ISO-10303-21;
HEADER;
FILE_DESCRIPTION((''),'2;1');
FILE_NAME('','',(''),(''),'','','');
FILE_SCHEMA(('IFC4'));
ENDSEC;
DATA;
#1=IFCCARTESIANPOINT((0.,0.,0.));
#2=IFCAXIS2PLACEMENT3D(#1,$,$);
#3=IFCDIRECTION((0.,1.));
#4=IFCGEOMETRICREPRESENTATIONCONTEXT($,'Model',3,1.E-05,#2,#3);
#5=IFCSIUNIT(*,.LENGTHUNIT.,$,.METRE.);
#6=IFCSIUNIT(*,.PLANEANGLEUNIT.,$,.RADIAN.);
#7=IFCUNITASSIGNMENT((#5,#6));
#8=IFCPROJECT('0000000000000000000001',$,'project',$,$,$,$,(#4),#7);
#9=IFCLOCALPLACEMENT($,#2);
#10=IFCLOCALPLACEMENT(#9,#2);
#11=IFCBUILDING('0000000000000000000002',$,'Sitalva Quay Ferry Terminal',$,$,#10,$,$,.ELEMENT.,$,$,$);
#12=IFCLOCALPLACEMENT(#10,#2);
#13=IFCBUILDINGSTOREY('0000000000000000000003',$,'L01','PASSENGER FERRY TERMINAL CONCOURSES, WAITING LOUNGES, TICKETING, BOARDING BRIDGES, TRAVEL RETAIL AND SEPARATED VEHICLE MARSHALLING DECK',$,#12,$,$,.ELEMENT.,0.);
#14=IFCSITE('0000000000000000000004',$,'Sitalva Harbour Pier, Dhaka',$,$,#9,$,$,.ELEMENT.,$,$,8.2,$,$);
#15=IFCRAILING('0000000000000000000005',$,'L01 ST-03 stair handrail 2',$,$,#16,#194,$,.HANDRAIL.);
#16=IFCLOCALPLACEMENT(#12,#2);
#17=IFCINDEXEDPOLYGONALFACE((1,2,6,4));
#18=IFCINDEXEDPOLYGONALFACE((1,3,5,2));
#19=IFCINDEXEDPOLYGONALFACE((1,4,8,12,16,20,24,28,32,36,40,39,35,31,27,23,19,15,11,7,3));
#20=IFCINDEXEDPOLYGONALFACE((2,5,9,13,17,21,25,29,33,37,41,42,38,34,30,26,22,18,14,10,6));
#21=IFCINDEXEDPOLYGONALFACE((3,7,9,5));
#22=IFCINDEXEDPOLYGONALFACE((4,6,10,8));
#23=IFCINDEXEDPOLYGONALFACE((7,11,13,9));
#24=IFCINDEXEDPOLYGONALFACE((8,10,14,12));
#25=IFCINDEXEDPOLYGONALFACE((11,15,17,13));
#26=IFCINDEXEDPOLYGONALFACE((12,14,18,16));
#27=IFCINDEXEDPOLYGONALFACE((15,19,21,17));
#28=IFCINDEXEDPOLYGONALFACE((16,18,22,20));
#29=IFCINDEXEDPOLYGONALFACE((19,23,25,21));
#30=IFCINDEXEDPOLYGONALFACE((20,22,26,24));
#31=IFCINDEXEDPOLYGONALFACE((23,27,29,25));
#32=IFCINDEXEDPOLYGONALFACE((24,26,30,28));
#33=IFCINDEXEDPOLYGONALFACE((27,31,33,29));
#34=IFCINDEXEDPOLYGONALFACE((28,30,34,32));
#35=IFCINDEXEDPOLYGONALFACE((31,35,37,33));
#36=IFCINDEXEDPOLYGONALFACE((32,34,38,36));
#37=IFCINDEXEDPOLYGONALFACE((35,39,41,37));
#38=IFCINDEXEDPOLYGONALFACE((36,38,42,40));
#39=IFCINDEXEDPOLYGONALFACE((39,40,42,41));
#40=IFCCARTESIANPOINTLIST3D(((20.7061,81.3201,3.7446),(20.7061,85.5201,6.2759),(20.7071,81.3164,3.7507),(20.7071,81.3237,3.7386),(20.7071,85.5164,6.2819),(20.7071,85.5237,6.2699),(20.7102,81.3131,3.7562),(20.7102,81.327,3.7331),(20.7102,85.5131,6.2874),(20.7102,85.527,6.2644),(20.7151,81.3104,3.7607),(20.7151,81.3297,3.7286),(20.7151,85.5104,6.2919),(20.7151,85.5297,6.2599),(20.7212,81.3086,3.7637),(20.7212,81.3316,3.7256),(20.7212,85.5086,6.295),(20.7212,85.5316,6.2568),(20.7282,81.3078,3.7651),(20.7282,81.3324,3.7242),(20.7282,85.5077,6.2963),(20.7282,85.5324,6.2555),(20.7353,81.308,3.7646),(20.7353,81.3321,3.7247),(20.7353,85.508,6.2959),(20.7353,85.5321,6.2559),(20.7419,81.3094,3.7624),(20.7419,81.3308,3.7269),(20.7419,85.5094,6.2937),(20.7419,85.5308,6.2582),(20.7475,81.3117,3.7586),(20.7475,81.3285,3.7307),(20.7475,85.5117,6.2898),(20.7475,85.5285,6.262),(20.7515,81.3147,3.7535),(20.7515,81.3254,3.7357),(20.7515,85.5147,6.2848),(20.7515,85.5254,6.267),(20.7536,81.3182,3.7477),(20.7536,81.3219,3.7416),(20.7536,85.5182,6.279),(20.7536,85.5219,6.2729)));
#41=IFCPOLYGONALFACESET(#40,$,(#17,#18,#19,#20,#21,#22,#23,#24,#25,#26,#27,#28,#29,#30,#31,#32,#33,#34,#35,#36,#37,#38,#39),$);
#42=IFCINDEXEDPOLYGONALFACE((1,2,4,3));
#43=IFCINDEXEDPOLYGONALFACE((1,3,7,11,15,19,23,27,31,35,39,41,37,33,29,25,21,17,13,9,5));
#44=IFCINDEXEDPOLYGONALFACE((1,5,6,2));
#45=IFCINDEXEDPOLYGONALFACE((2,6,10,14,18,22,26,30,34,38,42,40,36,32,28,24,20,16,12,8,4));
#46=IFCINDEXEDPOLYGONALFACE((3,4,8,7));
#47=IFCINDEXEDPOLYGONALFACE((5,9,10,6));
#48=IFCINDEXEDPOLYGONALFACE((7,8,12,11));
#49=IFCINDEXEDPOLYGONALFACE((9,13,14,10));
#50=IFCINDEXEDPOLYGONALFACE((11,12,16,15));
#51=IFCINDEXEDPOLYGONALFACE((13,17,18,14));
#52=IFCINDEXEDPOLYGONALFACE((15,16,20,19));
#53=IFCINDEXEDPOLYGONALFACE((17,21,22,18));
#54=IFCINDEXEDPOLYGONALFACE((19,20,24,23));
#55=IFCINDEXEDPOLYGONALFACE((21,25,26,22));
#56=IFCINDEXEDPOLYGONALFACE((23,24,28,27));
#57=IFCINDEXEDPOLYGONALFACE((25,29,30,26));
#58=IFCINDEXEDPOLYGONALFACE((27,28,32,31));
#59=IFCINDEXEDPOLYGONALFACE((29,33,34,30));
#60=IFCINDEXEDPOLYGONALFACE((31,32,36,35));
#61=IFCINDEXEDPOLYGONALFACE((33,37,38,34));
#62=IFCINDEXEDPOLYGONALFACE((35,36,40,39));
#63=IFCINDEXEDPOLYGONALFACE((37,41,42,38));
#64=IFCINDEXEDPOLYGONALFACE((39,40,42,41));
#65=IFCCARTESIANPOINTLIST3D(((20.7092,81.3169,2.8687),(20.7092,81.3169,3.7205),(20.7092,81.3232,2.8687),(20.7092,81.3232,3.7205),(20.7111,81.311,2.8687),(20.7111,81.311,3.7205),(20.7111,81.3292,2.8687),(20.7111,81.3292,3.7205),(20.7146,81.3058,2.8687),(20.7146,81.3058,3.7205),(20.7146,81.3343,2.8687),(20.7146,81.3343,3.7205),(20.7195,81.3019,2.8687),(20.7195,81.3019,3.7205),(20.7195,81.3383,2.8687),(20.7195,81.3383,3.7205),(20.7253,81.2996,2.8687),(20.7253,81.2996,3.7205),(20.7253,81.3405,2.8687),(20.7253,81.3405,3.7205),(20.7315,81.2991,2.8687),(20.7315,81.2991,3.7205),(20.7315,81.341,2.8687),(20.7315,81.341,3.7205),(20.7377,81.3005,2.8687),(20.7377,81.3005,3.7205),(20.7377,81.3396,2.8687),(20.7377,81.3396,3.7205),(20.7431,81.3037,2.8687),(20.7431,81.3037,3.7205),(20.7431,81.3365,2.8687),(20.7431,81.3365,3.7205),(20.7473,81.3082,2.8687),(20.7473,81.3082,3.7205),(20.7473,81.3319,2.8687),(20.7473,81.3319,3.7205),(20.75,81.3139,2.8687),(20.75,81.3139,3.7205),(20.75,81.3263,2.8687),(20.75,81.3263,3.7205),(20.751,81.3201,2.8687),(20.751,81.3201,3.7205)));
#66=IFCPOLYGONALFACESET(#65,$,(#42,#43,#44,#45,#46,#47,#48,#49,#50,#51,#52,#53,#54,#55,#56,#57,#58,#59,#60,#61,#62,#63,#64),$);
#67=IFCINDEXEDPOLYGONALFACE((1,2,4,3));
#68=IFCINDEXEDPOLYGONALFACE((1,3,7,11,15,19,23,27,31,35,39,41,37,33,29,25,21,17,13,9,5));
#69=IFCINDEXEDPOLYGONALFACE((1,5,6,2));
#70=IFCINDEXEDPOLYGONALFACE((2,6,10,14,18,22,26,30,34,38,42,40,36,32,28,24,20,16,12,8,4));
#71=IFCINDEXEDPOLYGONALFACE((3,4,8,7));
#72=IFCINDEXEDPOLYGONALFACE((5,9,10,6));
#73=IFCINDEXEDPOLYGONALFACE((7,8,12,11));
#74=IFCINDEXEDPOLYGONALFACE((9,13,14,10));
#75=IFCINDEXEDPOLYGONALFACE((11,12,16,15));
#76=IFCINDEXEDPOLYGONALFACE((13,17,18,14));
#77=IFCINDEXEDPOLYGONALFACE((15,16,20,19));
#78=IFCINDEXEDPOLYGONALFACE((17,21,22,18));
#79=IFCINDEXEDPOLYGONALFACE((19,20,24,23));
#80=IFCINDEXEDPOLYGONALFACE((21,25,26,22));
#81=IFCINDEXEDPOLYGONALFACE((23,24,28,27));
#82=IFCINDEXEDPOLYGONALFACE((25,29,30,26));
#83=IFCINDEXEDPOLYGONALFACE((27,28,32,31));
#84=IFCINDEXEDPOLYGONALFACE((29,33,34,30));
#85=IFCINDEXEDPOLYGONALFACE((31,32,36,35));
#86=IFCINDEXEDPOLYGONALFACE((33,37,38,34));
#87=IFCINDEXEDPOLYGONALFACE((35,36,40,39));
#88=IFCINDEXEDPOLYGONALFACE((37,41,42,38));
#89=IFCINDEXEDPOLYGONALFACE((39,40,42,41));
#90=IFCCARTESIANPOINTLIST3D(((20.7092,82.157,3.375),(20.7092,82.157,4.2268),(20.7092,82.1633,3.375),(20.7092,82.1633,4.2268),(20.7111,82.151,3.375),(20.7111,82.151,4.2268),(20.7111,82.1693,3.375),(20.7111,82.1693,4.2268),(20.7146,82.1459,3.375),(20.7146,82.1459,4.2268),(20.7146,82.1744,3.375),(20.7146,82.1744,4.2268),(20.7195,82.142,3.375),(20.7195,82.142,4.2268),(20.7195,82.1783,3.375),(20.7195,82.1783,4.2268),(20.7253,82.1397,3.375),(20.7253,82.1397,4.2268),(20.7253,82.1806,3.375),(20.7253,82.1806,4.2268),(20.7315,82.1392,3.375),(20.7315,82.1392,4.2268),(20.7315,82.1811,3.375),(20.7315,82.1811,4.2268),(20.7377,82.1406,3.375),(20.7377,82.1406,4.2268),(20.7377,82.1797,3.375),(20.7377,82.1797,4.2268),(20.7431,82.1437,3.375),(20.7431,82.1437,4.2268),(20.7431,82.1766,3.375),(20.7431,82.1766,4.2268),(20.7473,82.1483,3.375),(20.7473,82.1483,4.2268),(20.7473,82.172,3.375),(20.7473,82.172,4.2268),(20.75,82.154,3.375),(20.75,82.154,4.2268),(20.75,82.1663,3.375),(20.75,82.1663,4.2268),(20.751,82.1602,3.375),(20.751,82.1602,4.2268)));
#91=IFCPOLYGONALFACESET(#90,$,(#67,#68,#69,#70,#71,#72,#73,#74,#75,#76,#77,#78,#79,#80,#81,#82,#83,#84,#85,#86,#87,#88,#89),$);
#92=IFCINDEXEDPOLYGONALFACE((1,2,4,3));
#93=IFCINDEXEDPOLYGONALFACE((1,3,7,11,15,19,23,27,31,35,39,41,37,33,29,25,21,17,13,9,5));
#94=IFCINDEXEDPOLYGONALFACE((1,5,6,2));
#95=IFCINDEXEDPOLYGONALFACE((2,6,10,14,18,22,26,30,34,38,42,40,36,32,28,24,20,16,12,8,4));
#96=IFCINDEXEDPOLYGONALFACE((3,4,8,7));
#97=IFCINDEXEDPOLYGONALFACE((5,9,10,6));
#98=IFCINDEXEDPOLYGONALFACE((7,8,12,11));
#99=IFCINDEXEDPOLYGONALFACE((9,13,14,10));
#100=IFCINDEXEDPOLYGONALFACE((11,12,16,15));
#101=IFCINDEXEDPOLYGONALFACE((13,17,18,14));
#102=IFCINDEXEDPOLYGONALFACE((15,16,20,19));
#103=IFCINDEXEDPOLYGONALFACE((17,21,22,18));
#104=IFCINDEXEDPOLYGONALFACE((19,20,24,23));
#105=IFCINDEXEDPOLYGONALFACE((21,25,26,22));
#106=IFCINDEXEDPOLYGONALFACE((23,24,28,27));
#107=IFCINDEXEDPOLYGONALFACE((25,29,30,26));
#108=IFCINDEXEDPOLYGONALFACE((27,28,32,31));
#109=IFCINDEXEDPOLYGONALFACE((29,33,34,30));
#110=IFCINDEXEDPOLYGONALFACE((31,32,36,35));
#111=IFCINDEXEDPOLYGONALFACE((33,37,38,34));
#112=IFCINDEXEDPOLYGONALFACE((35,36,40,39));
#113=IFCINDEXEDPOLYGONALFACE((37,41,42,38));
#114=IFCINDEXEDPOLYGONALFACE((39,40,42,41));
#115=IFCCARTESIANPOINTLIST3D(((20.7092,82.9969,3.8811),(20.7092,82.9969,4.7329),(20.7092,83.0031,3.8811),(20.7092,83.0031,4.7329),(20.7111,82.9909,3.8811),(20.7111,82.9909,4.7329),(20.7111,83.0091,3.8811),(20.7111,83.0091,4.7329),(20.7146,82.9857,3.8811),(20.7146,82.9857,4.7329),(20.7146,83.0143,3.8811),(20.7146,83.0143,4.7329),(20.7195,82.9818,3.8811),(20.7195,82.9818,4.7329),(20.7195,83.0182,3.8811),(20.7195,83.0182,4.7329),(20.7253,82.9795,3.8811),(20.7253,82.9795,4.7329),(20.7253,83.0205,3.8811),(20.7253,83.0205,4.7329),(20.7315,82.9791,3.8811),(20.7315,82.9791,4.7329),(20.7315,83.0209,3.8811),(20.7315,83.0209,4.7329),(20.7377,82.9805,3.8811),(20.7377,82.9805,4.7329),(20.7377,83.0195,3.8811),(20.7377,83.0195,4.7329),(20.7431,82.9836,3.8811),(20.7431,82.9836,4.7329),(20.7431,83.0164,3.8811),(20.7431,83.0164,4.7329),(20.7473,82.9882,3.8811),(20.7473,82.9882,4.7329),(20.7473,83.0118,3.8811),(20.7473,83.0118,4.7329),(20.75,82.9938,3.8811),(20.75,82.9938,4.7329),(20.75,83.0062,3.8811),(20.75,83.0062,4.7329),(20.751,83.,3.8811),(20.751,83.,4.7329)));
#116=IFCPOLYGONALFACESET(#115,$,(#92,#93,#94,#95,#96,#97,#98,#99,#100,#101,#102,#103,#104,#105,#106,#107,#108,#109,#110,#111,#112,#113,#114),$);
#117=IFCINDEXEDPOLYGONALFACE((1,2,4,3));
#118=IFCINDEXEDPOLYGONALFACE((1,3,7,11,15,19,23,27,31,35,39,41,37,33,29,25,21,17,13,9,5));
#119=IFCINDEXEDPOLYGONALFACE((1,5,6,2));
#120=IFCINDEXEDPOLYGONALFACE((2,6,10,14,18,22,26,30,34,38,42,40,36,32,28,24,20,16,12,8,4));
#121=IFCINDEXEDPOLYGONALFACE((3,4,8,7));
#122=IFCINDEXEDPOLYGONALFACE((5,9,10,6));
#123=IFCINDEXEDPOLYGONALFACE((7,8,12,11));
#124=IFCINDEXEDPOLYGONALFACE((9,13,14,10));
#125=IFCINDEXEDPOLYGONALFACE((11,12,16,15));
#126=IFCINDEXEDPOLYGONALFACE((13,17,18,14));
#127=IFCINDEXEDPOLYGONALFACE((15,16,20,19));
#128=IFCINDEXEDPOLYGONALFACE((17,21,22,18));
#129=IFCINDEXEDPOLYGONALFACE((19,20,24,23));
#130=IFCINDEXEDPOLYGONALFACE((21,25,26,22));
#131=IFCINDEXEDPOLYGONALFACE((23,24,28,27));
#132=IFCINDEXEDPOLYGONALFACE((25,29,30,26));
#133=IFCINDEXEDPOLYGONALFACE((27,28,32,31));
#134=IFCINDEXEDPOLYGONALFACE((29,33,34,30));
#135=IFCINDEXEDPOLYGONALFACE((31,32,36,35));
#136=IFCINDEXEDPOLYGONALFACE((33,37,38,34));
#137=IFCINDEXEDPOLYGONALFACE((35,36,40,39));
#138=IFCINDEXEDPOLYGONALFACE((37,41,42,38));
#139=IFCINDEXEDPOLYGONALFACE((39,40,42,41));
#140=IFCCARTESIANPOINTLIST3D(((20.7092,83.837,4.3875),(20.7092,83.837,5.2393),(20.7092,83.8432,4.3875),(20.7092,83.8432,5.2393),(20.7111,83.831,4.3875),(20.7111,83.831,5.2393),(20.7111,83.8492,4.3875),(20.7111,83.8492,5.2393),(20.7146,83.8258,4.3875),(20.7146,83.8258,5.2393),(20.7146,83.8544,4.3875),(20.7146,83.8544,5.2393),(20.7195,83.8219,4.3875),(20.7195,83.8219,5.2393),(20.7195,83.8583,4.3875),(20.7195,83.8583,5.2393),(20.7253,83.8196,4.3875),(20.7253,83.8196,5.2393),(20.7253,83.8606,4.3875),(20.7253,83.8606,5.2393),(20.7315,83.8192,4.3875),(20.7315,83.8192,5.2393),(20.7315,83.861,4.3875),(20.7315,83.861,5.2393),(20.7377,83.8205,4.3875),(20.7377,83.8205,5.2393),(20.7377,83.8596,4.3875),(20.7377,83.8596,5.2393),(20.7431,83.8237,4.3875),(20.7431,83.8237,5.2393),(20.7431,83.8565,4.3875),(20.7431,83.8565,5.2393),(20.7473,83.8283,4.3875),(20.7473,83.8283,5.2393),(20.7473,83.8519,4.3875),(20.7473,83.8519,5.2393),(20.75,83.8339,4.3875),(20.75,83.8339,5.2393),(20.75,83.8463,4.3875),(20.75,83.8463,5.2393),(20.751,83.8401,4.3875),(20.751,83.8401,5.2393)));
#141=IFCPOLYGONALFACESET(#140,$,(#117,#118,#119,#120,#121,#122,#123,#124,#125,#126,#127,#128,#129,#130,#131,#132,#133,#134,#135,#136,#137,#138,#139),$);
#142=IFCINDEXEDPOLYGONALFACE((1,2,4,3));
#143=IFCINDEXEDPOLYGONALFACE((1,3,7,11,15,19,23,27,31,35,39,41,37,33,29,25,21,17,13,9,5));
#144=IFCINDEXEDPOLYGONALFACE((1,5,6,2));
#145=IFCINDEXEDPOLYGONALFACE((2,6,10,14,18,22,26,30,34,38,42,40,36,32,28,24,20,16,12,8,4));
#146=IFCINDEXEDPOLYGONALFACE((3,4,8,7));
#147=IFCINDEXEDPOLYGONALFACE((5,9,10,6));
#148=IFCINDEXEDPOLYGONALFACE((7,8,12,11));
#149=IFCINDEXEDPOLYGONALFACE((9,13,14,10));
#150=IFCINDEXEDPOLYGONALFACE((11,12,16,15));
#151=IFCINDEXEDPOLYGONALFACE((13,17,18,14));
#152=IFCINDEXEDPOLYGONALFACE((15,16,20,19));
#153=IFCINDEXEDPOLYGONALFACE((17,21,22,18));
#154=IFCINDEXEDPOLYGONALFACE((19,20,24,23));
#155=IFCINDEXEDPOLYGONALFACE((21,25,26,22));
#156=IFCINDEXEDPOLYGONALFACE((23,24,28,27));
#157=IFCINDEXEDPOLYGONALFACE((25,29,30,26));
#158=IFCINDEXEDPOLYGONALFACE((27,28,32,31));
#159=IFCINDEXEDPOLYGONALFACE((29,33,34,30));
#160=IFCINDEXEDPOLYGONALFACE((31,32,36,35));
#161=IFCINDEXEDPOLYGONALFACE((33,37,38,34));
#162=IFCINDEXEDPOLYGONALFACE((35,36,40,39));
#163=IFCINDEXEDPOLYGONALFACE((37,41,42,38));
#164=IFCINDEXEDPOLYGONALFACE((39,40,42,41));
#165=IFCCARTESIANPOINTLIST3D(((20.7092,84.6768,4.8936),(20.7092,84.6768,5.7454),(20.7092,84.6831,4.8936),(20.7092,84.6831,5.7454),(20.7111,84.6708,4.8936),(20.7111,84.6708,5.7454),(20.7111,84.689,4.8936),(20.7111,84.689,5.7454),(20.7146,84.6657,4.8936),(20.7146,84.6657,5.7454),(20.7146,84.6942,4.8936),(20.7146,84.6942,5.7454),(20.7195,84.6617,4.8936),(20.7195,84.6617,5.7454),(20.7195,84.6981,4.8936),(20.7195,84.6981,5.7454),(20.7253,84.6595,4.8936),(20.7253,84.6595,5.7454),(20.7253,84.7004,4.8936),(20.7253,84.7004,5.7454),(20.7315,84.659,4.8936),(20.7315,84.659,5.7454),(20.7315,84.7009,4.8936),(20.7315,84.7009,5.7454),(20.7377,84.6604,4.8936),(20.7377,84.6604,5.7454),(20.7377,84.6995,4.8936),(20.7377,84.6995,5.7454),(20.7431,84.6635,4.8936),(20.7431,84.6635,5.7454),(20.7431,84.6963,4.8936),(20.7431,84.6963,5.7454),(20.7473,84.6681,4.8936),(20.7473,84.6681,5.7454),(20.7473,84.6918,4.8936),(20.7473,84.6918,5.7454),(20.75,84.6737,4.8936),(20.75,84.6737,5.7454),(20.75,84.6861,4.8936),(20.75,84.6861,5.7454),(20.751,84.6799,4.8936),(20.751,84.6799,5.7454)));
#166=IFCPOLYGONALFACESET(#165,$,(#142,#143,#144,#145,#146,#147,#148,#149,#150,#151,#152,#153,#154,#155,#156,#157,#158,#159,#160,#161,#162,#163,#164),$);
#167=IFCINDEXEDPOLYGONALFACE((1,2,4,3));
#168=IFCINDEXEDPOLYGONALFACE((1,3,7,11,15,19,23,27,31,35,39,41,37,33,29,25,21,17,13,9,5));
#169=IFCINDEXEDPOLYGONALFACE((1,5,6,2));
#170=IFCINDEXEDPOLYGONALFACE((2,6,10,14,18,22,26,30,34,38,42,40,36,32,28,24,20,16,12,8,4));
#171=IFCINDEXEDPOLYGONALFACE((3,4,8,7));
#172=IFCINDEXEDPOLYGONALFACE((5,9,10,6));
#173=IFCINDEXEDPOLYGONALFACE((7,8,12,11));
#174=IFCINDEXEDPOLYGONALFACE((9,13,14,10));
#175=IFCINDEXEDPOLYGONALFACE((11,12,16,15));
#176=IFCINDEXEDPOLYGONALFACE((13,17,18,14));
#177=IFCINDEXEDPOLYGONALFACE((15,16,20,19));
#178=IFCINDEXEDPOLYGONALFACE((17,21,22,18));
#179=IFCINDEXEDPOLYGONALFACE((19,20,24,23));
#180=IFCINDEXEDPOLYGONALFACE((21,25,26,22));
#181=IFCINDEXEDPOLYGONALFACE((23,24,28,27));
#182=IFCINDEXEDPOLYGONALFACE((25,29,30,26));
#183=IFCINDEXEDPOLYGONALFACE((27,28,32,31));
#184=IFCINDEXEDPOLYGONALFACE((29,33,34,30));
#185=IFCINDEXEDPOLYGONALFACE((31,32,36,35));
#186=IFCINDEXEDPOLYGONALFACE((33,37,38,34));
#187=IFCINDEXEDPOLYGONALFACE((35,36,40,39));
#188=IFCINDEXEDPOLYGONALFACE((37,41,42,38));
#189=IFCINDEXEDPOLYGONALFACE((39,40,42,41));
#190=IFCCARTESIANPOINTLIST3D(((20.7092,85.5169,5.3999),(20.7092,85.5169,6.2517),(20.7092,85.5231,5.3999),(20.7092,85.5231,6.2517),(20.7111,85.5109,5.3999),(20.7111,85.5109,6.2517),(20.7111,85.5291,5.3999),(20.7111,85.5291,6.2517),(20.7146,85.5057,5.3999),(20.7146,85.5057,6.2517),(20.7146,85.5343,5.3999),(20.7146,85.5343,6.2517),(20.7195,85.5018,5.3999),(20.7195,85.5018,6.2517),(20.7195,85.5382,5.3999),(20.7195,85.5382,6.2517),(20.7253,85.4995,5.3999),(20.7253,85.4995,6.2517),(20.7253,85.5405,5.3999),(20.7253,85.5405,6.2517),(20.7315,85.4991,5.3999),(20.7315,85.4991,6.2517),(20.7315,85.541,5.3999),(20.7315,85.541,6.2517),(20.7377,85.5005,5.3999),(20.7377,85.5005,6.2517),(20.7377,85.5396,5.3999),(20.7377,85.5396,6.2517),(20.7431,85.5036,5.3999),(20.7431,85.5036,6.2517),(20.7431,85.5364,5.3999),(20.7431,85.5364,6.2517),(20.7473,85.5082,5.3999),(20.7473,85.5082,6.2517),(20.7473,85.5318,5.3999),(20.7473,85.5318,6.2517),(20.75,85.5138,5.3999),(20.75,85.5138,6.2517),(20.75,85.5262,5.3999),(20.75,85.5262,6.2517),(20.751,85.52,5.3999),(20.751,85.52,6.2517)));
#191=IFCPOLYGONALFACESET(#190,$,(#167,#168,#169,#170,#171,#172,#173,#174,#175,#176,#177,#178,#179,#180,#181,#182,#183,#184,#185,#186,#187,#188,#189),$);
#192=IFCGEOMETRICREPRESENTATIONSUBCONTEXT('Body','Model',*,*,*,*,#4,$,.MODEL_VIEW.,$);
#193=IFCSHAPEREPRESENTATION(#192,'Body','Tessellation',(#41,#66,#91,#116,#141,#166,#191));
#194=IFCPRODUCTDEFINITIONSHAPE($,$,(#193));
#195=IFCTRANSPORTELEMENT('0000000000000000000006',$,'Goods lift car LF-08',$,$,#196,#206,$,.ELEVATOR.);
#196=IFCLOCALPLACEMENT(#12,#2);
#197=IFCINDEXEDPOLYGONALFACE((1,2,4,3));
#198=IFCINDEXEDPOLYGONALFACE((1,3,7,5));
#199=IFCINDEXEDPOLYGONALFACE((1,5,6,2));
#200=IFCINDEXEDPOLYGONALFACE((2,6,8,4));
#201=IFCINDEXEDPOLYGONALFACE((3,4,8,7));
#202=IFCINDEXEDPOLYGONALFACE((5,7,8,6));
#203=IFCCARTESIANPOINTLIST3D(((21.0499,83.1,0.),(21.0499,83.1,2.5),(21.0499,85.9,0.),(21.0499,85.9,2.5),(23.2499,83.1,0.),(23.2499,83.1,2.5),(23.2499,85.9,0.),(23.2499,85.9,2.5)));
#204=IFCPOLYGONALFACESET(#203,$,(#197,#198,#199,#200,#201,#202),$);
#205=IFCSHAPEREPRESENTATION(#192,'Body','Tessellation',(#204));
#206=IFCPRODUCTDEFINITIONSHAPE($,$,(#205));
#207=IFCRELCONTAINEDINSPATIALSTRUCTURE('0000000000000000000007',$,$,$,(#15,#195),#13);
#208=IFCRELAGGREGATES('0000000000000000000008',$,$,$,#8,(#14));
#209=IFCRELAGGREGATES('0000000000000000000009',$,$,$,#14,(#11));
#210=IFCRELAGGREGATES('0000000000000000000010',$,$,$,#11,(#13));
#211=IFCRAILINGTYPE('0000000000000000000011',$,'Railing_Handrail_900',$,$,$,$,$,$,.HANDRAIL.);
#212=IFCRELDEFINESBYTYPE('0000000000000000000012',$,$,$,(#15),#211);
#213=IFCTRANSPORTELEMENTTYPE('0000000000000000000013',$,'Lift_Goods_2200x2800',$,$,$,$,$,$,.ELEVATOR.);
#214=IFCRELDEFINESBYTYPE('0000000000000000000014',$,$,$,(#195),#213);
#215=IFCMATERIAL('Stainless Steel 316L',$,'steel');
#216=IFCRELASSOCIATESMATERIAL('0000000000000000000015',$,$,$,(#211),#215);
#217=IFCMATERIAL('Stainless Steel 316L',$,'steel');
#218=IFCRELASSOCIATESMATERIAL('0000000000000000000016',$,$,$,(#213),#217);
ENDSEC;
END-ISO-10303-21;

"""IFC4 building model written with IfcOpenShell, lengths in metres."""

from ifc_helpers import new_model, si_unit, direction, frame, origin, origin_2d, place, context, subcontext, project, spatial, rectangle, circle, extrude, material, type_object, element, save


model = new_model("IFC4")

# Units and contexts
model_context = context("Model", 3, precision=1e-05, world=origin(), true_north=direction((0.0, 1.0)))
body_context = subcontext(model_context, "Body", "Model", "MODEL_VIEW")
ifc_project = project(units=[si_unit("LENGTHUNIT", "METRE"), si_unit("PLANEANGLEUNIT", "RADIAN")], contexts=[model_context])

# Site, building, storey
site_placement = place(None, origin())
site = spatial("IfcSite", under=ifc_project, at=site_placement, Name="Sitalva Harbour Pier, Dhaka", CompositionType="ELEMENT", RefElevation=8.2)
building_placement = place(site_placement, origin())
building = spatial("IfcBuilding", under=site, at=building_placement, Name="Sitalva Quay Ferry Terminal", CompositionType="ELEMENT")
storey_placement = place(building_placement, origin())
storey = spatial("IfcBuildingStorey", under=building, at=storey_placement, Name="L01", Description="PASSENGER FERRY TERMINAL CONCOURSES, WAITING LOUNGES, TICKETING, BOARDING BRIDGES, TRAVEL RETAIL AND SEPARATED VEHICLE MARSHALLING DECK", CompositionType="ELEMENT", Elevation=0.0)

# Railing
ifc_material_1 = material(Name="Stainless Steel 316L", Category="steel")
railing_type_1 = type_object("IfcRailingType", Name="Railing_Handrail_900", PredefinedType="HANDRAIL", material=ifc_material_1)
railing_1_placement = place(storey_placement, frame((20.73, 81.3201, 2.8687)))
element("IfcRailing", 1, at=railing_1_placement, inside=storey, type_object=railing_type_1, Name="L01 ST-03 stair handrail 2", PredefinedType="HANDRAIL", context=body_context, shape_type="SweptSolid", body=[
    extrude(circle(Radius=0.0239, at=origin_2d()), frame((0.0, 0.0, 0.876), z_axis=(0.0, 0.856476, 0.516186), x_axis=(-1.0, 0.0, 0.0)), (0.0, 0.0, 1.0), 4.9038),
    extrude(circle(Radius=0.021, at=origin_2d()), origin(), (0.0, 0.0, 1.0), 0.8518),
    extrude(circle(Radius=0.021, at=origin_2d()), frame((0.0, 0.8401, 0.5063)), (0.0, 0.0, 1.0), 0.8518),
    extrude(circle(Radius=0.021, at=origin_2d()), frame((0.0, 1.6799, 1.0125)), (0.0, 0.0, 1.0), 0.8518),
    extrude(circle(Radius=0.021, at=origin_2d()), frame((0.0, 2.52, 1.5188)), (0.0, 0.0, 1.0), 0.8518),
    extrude(circle(Radius=0.021, at=origin_2d()), frame((0.0, 3.3599, 2.0249)), (0.0, 0.0, 1.0), 0.8518),
    extrude(circle(Radius=0.021, at=origin_2d()), frame((0.0, 4.2, 2.5312)), (0.0, 0.0, 1.0), 0.8518),
])

# Transport element
ifc_material_2 = material(Name="Stainless Steel 316L", Category="steel")
transport_element_type = type_object("IfcTransportElementType", Name="Lift_Goods_2200x2800", PredefinedType="ELEVATOR", material=ifc_material_2)
transport_element_placement = place(storey_placement, frame((22.1499, 84.5, 0.0), z_axis=(0.0, 0.0, 1.0), x_axis=(1.0, 0.0, 0.0)))
element("IfcTransportElement", 2, at=transport_element_placement, inside=storey, type_object=transport_element_type, Name="Goods lift car LF-08", PredefinedType="ELEVATOR", context=body_context, shape_type="SweptSolid", body=[
    extrude(rectangle(XDim=2.2, YDim=2.8, at=origin_2d()), origin(), (0.0, 0.0, 1.0), 2.5),
])

save(model, "model.ifc")
